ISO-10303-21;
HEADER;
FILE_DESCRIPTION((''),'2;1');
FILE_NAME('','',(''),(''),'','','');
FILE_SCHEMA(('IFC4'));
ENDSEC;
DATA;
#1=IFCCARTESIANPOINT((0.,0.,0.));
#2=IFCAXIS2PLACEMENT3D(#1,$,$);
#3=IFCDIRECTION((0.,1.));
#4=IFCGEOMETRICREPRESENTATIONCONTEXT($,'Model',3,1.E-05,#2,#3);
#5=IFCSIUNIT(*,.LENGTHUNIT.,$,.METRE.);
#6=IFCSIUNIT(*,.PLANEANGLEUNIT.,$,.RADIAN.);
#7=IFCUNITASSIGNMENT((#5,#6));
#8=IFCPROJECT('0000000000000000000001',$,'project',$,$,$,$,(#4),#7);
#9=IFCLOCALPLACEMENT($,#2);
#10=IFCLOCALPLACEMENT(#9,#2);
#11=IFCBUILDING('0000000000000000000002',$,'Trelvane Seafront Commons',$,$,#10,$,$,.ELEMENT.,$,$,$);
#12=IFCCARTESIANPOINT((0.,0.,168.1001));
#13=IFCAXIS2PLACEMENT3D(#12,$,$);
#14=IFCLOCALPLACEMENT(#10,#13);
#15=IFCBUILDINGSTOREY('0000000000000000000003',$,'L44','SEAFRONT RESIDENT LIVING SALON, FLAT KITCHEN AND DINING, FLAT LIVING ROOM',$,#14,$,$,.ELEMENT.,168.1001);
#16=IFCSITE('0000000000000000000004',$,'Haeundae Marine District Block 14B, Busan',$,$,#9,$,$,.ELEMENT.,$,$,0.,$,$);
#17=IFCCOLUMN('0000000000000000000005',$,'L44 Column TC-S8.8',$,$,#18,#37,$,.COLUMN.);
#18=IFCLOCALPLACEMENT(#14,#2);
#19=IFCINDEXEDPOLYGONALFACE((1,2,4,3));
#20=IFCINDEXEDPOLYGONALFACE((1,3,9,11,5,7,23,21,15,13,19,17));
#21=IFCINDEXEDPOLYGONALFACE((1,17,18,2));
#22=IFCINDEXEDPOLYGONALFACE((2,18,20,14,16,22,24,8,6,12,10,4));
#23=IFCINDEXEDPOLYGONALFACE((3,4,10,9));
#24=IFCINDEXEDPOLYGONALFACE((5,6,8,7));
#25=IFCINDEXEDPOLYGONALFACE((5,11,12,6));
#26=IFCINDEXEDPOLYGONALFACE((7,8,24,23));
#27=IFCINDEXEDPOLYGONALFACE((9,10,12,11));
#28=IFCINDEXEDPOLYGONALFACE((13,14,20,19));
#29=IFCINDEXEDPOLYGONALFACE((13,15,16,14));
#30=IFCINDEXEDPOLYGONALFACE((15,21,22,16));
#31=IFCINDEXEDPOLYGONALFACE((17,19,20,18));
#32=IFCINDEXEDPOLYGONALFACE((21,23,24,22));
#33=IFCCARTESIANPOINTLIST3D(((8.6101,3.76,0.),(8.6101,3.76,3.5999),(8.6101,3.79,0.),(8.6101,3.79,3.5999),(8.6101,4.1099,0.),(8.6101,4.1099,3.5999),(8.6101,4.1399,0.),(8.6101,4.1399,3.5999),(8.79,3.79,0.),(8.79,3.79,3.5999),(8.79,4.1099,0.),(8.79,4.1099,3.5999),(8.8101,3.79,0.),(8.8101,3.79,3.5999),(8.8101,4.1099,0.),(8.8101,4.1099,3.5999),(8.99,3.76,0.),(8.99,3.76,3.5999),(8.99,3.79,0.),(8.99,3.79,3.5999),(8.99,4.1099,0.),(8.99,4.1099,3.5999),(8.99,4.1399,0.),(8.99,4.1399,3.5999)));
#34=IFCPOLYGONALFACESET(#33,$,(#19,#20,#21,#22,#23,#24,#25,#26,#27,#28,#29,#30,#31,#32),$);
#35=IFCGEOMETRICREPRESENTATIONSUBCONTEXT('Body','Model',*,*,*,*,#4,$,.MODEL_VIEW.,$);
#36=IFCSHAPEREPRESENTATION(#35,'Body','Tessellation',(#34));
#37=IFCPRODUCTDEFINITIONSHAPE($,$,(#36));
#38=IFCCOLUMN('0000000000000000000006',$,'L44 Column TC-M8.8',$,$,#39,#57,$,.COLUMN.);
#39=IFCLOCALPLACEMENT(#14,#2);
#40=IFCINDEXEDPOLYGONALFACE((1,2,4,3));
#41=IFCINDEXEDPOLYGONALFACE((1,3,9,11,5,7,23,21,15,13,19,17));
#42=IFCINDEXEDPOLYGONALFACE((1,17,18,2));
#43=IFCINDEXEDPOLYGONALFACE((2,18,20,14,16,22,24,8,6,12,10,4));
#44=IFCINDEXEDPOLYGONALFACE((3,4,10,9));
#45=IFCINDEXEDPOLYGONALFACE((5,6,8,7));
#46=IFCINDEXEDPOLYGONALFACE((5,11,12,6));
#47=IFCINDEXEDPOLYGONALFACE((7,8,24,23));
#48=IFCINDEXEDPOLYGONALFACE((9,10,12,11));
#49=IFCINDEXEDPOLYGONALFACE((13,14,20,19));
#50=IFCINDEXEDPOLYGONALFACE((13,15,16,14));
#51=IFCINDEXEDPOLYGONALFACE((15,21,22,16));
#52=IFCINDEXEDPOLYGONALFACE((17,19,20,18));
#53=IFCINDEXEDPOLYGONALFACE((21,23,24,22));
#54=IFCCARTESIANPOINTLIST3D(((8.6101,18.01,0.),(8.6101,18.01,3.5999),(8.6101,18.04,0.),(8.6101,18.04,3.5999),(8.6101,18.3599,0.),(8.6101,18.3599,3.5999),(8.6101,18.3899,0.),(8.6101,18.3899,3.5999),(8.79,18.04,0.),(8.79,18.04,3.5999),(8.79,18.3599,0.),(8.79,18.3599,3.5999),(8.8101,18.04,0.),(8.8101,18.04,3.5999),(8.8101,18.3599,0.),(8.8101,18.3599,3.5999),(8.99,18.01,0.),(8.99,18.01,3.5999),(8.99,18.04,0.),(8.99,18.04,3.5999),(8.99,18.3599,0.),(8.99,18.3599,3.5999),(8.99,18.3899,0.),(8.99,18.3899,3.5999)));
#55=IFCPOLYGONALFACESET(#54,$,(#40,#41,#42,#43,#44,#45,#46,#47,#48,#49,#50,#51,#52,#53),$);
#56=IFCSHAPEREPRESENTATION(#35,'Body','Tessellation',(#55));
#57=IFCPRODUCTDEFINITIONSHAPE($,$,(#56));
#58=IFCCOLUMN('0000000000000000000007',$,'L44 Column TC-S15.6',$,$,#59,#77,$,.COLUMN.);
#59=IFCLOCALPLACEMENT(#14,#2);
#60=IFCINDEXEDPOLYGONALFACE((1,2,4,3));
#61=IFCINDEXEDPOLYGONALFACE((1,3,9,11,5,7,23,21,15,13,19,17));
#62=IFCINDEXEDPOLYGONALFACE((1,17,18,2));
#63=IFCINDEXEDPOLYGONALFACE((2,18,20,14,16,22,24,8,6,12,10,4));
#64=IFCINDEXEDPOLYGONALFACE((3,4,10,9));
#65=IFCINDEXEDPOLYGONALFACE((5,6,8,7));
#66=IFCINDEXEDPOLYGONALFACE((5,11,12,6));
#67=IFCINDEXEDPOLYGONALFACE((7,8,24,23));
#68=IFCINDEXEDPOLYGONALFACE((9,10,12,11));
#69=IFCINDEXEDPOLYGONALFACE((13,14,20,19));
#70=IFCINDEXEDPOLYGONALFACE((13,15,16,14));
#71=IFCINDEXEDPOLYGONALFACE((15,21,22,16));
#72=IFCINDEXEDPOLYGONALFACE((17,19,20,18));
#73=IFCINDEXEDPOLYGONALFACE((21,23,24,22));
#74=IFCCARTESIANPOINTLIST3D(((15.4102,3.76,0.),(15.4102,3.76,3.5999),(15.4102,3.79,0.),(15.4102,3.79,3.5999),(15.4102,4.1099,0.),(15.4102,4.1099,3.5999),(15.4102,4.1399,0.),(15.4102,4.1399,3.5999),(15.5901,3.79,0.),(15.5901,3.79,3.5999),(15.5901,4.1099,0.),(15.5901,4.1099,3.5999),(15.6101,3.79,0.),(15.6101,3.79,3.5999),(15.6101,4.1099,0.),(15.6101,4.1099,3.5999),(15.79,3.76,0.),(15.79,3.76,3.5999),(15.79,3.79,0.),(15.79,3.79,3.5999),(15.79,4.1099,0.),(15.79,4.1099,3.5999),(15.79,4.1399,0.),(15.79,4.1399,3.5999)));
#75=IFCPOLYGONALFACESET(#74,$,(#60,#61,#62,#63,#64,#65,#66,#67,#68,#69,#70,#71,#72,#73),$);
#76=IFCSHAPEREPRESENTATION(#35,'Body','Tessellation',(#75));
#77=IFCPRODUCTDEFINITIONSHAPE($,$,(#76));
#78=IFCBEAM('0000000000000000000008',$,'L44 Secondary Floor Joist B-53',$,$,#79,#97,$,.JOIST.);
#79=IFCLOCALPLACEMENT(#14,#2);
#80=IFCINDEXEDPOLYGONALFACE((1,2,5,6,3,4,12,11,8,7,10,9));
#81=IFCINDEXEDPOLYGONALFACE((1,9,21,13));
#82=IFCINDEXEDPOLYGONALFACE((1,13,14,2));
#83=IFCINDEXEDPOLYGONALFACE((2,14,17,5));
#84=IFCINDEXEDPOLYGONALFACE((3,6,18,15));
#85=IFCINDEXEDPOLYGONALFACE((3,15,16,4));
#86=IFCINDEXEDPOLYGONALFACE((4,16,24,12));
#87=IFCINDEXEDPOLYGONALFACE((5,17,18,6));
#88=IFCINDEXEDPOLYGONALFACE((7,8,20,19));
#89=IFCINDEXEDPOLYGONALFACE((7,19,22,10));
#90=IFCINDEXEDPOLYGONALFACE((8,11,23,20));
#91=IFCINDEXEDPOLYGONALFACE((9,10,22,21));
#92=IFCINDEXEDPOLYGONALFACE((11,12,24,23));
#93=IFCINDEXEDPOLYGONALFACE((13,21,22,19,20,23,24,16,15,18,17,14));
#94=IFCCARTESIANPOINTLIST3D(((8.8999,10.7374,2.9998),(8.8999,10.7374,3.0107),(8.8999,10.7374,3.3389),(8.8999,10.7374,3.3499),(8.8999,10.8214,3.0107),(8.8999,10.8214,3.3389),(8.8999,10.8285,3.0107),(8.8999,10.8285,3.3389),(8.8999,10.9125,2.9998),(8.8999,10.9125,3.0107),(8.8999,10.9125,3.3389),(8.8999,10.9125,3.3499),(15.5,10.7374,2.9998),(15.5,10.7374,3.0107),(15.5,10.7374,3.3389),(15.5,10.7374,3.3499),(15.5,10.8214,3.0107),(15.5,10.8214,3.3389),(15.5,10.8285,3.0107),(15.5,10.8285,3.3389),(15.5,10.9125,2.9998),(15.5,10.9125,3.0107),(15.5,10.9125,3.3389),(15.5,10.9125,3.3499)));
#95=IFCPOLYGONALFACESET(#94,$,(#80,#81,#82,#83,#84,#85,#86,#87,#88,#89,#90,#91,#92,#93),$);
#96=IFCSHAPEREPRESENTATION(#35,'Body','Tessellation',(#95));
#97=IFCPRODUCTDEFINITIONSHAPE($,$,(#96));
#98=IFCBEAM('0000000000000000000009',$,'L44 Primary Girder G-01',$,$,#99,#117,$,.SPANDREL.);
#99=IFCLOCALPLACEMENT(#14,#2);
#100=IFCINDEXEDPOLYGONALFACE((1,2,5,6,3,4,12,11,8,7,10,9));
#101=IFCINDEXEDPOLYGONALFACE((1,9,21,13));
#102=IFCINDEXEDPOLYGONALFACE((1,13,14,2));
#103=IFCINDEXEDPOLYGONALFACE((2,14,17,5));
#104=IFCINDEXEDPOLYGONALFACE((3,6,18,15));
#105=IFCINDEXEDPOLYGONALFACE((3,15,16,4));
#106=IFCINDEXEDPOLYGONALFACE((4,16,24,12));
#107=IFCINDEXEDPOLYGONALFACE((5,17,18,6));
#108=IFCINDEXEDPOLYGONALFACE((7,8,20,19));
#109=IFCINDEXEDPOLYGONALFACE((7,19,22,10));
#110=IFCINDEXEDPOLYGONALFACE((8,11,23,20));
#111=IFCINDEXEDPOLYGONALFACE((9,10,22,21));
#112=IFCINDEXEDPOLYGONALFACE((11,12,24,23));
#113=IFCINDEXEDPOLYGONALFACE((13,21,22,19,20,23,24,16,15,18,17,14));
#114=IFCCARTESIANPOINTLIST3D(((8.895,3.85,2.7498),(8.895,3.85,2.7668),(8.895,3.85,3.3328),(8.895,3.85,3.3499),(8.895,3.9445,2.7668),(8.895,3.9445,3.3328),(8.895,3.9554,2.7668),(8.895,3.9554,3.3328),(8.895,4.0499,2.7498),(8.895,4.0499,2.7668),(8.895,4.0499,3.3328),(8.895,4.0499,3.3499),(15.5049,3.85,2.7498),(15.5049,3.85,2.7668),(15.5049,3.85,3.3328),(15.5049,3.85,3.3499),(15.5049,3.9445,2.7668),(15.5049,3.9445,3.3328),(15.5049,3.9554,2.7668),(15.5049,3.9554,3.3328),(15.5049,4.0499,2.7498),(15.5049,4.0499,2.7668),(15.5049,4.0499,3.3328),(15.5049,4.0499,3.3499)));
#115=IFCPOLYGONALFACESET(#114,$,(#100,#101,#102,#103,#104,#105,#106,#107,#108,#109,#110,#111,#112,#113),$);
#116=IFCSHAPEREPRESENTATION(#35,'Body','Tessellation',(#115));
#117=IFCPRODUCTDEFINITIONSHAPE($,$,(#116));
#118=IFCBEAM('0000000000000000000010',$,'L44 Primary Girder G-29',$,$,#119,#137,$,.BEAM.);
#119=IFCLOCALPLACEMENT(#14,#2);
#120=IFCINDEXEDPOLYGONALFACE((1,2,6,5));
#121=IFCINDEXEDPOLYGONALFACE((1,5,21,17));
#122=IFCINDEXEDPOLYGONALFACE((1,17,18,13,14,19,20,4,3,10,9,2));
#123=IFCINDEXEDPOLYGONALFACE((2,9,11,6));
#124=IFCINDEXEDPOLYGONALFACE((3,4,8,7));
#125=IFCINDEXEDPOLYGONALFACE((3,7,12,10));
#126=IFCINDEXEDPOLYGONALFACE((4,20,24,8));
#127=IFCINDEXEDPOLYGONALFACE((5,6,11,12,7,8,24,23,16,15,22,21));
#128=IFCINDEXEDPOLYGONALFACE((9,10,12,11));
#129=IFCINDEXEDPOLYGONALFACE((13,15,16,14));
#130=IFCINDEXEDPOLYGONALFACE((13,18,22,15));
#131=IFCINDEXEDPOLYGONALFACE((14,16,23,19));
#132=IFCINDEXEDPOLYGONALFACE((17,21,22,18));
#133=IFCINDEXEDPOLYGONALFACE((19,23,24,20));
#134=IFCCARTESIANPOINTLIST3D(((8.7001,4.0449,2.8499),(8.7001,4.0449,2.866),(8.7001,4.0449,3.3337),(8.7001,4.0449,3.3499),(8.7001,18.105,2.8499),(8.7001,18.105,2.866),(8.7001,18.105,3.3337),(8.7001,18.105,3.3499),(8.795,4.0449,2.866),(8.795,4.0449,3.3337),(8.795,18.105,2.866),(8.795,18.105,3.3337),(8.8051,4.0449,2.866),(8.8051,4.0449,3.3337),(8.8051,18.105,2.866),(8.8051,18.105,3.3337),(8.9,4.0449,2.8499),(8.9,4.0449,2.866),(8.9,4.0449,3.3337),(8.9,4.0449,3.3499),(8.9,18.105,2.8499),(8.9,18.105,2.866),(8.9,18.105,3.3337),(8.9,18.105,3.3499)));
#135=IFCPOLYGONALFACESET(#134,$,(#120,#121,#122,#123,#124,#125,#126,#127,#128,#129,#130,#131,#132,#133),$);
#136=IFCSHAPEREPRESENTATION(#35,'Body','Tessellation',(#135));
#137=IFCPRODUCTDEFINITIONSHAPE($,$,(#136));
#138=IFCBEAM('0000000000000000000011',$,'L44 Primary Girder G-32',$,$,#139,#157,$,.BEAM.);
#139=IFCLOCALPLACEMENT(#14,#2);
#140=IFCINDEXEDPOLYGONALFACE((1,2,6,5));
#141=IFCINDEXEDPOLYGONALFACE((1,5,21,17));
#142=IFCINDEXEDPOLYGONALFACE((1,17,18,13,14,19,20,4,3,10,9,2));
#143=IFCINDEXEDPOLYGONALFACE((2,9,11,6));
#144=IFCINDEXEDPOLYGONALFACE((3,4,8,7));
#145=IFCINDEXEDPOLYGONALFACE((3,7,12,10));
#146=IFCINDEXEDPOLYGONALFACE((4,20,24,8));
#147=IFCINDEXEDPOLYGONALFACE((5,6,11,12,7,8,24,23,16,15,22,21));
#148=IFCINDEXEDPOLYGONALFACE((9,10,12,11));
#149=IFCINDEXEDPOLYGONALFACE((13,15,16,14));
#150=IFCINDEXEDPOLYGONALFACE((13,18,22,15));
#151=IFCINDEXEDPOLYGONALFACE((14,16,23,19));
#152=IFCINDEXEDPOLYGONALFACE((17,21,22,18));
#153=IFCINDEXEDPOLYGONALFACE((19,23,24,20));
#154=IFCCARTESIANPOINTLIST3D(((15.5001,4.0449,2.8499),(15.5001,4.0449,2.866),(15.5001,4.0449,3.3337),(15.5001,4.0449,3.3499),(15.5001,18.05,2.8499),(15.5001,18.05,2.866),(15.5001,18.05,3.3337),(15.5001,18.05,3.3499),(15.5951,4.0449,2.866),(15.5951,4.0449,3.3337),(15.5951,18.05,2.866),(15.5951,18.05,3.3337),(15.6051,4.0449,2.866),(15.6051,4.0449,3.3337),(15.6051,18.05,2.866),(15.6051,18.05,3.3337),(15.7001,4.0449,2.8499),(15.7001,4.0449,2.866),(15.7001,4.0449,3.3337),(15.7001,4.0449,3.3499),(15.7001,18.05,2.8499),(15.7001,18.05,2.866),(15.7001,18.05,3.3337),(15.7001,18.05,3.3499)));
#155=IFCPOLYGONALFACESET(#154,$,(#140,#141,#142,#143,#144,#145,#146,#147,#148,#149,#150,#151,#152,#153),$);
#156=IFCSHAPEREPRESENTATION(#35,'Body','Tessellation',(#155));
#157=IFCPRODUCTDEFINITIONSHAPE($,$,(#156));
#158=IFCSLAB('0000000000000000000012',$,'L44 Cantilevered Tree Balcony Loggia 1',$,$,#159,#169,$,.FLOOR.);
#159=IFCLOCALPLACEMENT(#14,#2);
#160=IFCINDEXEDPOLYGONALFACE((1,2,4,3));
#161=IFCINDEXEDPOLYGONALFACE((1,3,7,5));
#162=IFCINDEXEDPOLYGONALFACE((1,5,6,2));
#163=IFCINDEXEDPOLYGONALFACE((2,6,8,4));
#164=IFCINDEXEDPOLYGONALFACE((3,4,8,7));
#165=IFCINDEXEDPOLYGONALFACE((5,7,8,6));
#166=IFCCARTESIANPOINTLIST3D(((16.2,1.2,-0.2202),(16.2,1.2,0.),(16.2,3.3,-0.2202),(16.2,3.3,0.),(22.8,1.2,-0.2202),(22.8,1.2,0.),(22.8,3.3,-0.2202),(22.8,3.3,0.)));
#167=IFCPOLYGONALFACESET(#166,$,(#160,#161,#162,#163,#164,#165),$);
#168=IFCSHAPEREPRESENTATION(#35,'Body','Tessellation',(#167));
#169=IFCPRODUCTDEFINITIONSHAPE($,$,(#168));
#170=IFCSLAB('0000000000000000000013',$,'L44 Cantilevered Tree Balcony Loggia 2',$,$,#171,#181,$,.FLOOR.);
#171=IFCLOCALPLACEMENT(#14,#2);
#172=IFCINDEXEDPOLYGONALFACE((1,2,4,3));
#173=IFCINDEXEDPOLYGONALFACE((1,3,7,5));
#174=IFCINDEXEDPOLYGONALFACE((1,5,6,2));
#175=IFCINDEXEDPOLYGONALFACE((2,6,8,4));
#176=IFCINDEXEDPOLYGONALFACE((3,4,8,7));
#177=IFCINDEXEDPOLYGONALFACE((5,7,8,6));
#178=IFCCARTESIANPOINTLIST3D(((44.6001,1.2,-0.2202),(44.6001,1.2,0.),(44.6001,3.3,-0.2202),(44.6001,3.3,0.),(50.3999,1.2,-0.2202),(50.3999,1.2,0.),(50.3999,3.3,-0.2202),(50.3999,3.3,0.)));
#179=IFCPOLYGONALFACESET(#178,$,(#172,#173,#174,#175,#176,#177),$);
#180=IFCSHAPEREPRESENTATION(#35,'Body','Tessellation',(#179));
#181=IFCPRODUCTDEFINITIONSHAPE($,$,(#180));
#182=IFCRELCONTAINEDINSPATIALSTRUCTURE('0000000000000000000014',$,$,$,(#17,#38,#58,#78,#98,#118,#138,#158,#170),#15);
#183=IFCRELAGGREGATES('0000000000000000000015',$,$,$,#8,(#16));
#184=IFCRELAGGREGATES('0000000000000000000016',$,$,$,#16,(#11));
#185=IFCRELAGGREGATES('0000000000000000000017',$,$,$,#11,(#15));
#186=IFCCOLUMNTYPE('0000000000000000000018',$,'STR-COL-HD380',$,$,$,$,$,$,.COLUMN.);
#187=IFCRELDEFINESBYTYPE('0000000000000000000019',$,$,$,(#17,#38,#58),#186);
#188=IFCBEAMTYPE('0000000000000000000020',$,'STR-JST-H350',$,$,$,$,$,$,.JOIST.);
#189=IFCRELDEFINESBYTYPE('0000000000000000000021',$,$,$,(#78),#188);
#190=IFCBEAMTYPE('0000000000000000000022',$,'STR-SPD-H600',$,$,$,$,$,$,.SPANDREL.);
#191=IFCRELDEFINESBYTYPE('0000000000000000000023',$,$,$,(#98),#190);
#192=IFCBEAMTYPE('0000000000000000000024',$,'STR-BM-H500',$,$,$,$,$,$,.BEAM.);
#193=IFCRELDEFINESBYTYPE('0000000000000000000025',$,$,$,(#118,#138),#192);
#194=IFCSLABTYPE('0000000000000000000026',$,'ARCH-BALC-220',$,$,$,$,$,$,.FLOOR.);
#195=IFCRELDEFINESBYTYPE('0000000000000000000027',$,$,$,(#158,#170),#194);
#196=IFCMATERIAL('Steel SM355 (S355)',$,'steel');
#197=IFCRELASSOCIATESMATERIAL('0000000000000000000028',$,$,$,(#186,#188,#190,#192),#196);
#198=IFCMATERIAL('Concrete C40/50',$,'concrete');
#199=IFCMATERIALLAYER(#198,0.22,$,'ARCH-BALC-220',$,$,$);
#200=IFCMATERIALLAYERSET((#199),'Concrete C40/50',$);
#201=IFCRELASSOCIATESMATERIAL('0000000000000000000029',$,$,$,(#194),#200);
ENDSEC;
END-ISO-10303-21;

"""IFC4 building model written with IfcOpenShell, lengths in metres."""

from ifc_helpers import new_model, si_unit, direction, frame, origin, origin_2d, place, context, subcontext, project, spatial, polyline, i_section, outline, extrude, source, transform, mapped, material, layer, layer_set, material_profile, profile_set, type_object, element, save


model = new_model("IFC4")

# Units and contexts
model_context = context("Model", 3, precision=1e-05, world=origin(), true_north=direction((0.0, 1.0)))
body_context = subcontext(model_context, "Body", "Model", "MODEL_VIEW")
ifc_project = project(units=[si_unit("LENGTHUNIT", "METRE"), si_unit("PLANEANGLEUNIT", "RADIAN")], contexts=[model_context])

# Site, building, storey
site_placement = place(None, origin())
site = spatial("IfcSite", under=ifc_project, at=site_placement, Name="Haeundae Marine District Block 14B, Busan", CompositionType="ELEMENT", RefElevation=0.0)
building_placement = place(site_placement, origin())
building = spatial("IfcBuilding", under=site, at=building_placement, Name="Trelvane Seafront Commons", CompositionType="ELEMENT")
storey_placement = place(building_placement, frame((0.0, 0.0, 168.1001)))
storey = spatial("IfcBuildingStorey", under=building, at=storey_placement, Name="L44", Description="SEAFRONT RESIDENT LIVING SALON, FLAT KITCHEN AND DINING, FLAT LIVING ROOM", CompositionType="ELEMENT", Elevation=168.1001)

# Columns
ifc_material_1 = material(Name="Steel SM355 (S355)", Category="steel")
ifc_material_profile_1 = material_profile(ifc_material_1, i_section(OverallWidth=0.3799, OverallDepth=0.3799, WebThickness=0.02, FlangeThickness=0.03, at=origin_2d()), Name="HD-380x380x20x30")
ifc_profile_set_1 = profile_set([ifc_material_profile_1], Name="Steel SM355 (S355)")
column_type = type_object("IfcColumnType", Name="STR-COL-HD380", PredefinedType="COLUMN", material=ifc_profile_set_1)
shared_shape_1 = source(origin(), body_context, "Body", "SweptSolid", [
    extrude(i_section(OverallWidth=0.3799, OverallDepth=0.3799, WebThickness=0.02, FlangeThickness=0.03, at=origin_2d()), origin(), (0.0, 0.0, 1.0), 3.5999),
])
for number, where, z_axis, x_axis, name in (
    (1, (8.8, 3.95, 0.0), (0.0, 0.0, 1.0), (1.0, 0.0, 0.0), "L44 Column TC-S8.8"),
    (2, (8.8, 18.2, 0.0), (0.0, 0.0, 1.0), (1.0, 0.0, 0.0), "L44 Column TC-M8.8"),
    (3, (15.6001, 3.95, 0.0), (0.0, 0.0, 1.0), (1.0, 0.0, 0.0), "L44 Column TC-S15.6"),
):
    element("IfcColumn", number, at=place(storey_placement, frame(where, z_axis=z_axis, x_axis=x_axis)), inside=storey, type_object=column_type, Name=name, PredefinedType="COLUMN", context=body_context, shape_type="MappedRepresentation", body=[
        mapped(shared_shape_1, transform((0.0, 0.0, 0.0), x_axis=(1.0, 0.0, 0.0), y_axis=(0.0, 1.0, 0.0), z_axis=(0.0, 0.0, 1.0), scale=1.0)),
    ])

# Beams
ifc_material_profile_2 = material_profile(ifc_material_1, i_section(OverallWidth=0.175, OverallDepth=0.3501, WebThickness=0.0071, FlangeThickness=0.011, at=origin_2d()), Name="H-350x175x7x11")
ifc_profile_set_2 = profile_set([ifc_material_profile_2], Name="Steel SM355 (S355)")
beam_type_1 = type_object("IfcBeamType", Name="STR-JST-H350", PredefinedType="JOIST", material=ifc_profile_set_2)
shared_shape_2 = source(origin(), body_context, "Body", "SweptSolid", [
    extrude(i_section(OverallWidth=0.175, OverallDepth=0.3501, WebThickness=0.0071, FlangeThickness=0.011, at=origin_2d()), origin(), (0.0, 0.0, 1.0), 6.6001),
])
beam_1_placement = place(storey_placement, frame((8.8999, 10.825, 3.1748), z_axis=(1.0, 0.0, 0.0), x_axis=(0.0, 1.0, 0.0)))
element("IfcBeam", 4, at=beam_1_placement, inside=storey, type_object=beam_type_1, Name="L44 Secondary Floor Joist B-53", PredefinedType="JOIST", context=body_context, shape_type="MappedRepresentation", body=[
    mapped(shared_shape_2, transform((0.0, 0.0, 0.0), x_axis=(1.0, 0.0, 0.0), y_axis=(0.0, 1.0, 0.0), z_axis=(0.0, 0.0, 1.0), scale=1.0)),
])
ifc_material_profile_3 = material_profile(ifc_material_1, i_section(OverallWidth=0.2, OverallDepth=0.6001, WebThickness=0.011, FlangeThickness=0.0171, at=origin_2d()), Name="H-600x200x11x17")
ifc_profile_set_3 = profile_set([ifc_material_profile_3], Name="Steel SM355 (S355)")
beam_type_2 = type_object("IfcBeamType", Name="STR-SPD-H600", PredefinedType="SPANDREL", material=ifc_profile_set_3)
shared_shape_3 = source(origin(), body_context, "Body", "SweptSolid", [
    extrude(i_section(OverallWidth=0.2, OverallDepth=0.6001, WebThickness=0.011, FlangeThickness=0.0171, at=origin_2d()), origin(), (0.0, 0.0, 1.0), 6.6099),
])
beam_2_placement = place(storey_placement, frame((8.895, 3.95, 3.0498), z_axis=(1.0, 0.0, 0.0), x_axis=(0.0, 1.0, 0.0)))
element("IfcBeam", 5, at=beam_2_placement, inside=storey, type_object=beam_type_2, Name="L44 Primary Girder G-01", PredefinedType="SPANDREL", context=body_context, shape_type="MappedRepresentation", body=[
    mapped(shared_shape_3, transform((0.0, 0.0, 0.0), x_axis=(1.0, 0.0, 0.0), y_axis=(0.0, 1.0, 0.0), z_axis=(0.0, 0.0, 1.0), scale=1.0)),
])
ifc_material_profile_4 = material_profile(ifc_material_1, i_section(OverallWidth=0.2, OverallDepth=0.5, WebThickness=0.01, FlangeThickness=0.0161, at=origin_2d()), Name="H-500x200x10x16")
ifc_profile_set_4 = profile_set([ifc_material_profile_4], Name="Steel SM355 (S355)")
beam_type_3 = type_object("IfcBeamType", Name="STR-BM-H500", PredefinedType="BEAM", material=ifc_profile_set_4)
shared_shape_4 = source(origin(), body_context, "Body", "SweptSolid", [
    extrude(i_section(OverallWidth=0.2, OverallDepth=0.5, WebThickness=0.01, FlangeThickness=0.0161, at=origin_2d()), origin(), (0.0, 0.0, 1.0), 14.0601),
])
beam_3_placement = place(storey_placement, frame((8.8, 4.0449, 3.0999), z_axis=(0.0, 1.0, 0.0), x_axis=(-1.0, 0.0, 0.0)))
element("IfcBeam", 6, at=beam_3_placement, inside=storey, type_object=beam_type_3, Name="L44 Primary Girder G-29", PredefinedType="BEAM", context=body_context, shape_type="MappedRepresentation", body=[
    mapped(shared_shape_4, transform((0.0, 0.0, 0.0), x_axis=(1.0, 0.0, 0.0), y_axis=(0.0, 1.0, 0.0), z_axis=(0.0, 0.0, 1.0), scale=1.0)),
])
shared_shape_5 = source(origin(), body_context, "Body", "SweptSolid", [
    extrude(i_section(OverallWidth=0.2, OverallDepth=0.5, WebThickness=0.01, FlangeThickness=0.0161, at=origin_2d()), origin(), (0.0, 0.0, 1.0), 14.0051),
])
beam_4_placement = place(storey_placement, frame((15.6001, 4.0449, 3.0999), z_axis=(0.0, 1.0, 0.0), x_axis=(-1.0, 0.0, 0.0)))
element("IfcBeam", 7, at=beam_4_placement, inside=storey, type_object=beam_type_3, Name="L44 Primary Girder G-32", PredefinedType="BEAM", context=body_context, shape_type="MappedRepresentation", body=[
    mapped(shared_shape_5, transform((0.0, 0.0, 0.0), x_axis=(1.0, 0.0, 0.0), y_axis=(0.0, 1.0, 0.0), z_axis=(0.0, 0.0, 1.0), scale=1.0)),
])

# Slabs
ifc_material_2 = material(Name="Concrete C40/50", Category="concrete")
ifc_layer_1 = layer(ifc_material_2, 0.22, Name="ARCH-BALC-220")
ifc_layer_set_1 = layer_set([ifc_layer_1], Name="Concrete C40/50")
slab_type_1 = type_object("IfcSlabType", Name="ARCH-BALC-220", PredefinedType="FLOOR", material=ifc_layer_set_1)
slab_1_placement = place(storey_placement, frame((0.0, 0.0, -0.2202)))
element("IfcSlab", 8, at=slab_1_placement, inside=storey, type_object=slab_type_1, Name="L44 Cantilevered Tree Balcony Loggia 1", PredefinedType="FLOOR", context=body_context, shape_type="SweptSolid", body=[
    extrude(outline(polyline([(16.2, 1.2), (22.8, 1.2), (22.8, 3.3), (16.2, 3.3), (16.2, 1.2)])), origin(), (0.0, 0.0, 1.0), 0.2202),
])
slab_2_placement = place(storey_placement, frame((0.0, 0.0, -0.2202)))
element("IfcSlab", 9, at=slab_2_placement, inside=storey, type_object=slab_type_1, Name="L44 Cantilevered Tree Balcony Loggia 2", PredefinedType="FLOOR", context=body_context, shape_type="SweptSolid", body=[
    extrude(outline(polyline([(44.6001, 1.2), (50.3999, 1.2), (50.3999, 3.3), (44.6001, 3.3), (44.6001, 1.2)])), origin(), (0.0, 0.0, 1.0), 0.2202),
])

save(model, "model.ifc")
